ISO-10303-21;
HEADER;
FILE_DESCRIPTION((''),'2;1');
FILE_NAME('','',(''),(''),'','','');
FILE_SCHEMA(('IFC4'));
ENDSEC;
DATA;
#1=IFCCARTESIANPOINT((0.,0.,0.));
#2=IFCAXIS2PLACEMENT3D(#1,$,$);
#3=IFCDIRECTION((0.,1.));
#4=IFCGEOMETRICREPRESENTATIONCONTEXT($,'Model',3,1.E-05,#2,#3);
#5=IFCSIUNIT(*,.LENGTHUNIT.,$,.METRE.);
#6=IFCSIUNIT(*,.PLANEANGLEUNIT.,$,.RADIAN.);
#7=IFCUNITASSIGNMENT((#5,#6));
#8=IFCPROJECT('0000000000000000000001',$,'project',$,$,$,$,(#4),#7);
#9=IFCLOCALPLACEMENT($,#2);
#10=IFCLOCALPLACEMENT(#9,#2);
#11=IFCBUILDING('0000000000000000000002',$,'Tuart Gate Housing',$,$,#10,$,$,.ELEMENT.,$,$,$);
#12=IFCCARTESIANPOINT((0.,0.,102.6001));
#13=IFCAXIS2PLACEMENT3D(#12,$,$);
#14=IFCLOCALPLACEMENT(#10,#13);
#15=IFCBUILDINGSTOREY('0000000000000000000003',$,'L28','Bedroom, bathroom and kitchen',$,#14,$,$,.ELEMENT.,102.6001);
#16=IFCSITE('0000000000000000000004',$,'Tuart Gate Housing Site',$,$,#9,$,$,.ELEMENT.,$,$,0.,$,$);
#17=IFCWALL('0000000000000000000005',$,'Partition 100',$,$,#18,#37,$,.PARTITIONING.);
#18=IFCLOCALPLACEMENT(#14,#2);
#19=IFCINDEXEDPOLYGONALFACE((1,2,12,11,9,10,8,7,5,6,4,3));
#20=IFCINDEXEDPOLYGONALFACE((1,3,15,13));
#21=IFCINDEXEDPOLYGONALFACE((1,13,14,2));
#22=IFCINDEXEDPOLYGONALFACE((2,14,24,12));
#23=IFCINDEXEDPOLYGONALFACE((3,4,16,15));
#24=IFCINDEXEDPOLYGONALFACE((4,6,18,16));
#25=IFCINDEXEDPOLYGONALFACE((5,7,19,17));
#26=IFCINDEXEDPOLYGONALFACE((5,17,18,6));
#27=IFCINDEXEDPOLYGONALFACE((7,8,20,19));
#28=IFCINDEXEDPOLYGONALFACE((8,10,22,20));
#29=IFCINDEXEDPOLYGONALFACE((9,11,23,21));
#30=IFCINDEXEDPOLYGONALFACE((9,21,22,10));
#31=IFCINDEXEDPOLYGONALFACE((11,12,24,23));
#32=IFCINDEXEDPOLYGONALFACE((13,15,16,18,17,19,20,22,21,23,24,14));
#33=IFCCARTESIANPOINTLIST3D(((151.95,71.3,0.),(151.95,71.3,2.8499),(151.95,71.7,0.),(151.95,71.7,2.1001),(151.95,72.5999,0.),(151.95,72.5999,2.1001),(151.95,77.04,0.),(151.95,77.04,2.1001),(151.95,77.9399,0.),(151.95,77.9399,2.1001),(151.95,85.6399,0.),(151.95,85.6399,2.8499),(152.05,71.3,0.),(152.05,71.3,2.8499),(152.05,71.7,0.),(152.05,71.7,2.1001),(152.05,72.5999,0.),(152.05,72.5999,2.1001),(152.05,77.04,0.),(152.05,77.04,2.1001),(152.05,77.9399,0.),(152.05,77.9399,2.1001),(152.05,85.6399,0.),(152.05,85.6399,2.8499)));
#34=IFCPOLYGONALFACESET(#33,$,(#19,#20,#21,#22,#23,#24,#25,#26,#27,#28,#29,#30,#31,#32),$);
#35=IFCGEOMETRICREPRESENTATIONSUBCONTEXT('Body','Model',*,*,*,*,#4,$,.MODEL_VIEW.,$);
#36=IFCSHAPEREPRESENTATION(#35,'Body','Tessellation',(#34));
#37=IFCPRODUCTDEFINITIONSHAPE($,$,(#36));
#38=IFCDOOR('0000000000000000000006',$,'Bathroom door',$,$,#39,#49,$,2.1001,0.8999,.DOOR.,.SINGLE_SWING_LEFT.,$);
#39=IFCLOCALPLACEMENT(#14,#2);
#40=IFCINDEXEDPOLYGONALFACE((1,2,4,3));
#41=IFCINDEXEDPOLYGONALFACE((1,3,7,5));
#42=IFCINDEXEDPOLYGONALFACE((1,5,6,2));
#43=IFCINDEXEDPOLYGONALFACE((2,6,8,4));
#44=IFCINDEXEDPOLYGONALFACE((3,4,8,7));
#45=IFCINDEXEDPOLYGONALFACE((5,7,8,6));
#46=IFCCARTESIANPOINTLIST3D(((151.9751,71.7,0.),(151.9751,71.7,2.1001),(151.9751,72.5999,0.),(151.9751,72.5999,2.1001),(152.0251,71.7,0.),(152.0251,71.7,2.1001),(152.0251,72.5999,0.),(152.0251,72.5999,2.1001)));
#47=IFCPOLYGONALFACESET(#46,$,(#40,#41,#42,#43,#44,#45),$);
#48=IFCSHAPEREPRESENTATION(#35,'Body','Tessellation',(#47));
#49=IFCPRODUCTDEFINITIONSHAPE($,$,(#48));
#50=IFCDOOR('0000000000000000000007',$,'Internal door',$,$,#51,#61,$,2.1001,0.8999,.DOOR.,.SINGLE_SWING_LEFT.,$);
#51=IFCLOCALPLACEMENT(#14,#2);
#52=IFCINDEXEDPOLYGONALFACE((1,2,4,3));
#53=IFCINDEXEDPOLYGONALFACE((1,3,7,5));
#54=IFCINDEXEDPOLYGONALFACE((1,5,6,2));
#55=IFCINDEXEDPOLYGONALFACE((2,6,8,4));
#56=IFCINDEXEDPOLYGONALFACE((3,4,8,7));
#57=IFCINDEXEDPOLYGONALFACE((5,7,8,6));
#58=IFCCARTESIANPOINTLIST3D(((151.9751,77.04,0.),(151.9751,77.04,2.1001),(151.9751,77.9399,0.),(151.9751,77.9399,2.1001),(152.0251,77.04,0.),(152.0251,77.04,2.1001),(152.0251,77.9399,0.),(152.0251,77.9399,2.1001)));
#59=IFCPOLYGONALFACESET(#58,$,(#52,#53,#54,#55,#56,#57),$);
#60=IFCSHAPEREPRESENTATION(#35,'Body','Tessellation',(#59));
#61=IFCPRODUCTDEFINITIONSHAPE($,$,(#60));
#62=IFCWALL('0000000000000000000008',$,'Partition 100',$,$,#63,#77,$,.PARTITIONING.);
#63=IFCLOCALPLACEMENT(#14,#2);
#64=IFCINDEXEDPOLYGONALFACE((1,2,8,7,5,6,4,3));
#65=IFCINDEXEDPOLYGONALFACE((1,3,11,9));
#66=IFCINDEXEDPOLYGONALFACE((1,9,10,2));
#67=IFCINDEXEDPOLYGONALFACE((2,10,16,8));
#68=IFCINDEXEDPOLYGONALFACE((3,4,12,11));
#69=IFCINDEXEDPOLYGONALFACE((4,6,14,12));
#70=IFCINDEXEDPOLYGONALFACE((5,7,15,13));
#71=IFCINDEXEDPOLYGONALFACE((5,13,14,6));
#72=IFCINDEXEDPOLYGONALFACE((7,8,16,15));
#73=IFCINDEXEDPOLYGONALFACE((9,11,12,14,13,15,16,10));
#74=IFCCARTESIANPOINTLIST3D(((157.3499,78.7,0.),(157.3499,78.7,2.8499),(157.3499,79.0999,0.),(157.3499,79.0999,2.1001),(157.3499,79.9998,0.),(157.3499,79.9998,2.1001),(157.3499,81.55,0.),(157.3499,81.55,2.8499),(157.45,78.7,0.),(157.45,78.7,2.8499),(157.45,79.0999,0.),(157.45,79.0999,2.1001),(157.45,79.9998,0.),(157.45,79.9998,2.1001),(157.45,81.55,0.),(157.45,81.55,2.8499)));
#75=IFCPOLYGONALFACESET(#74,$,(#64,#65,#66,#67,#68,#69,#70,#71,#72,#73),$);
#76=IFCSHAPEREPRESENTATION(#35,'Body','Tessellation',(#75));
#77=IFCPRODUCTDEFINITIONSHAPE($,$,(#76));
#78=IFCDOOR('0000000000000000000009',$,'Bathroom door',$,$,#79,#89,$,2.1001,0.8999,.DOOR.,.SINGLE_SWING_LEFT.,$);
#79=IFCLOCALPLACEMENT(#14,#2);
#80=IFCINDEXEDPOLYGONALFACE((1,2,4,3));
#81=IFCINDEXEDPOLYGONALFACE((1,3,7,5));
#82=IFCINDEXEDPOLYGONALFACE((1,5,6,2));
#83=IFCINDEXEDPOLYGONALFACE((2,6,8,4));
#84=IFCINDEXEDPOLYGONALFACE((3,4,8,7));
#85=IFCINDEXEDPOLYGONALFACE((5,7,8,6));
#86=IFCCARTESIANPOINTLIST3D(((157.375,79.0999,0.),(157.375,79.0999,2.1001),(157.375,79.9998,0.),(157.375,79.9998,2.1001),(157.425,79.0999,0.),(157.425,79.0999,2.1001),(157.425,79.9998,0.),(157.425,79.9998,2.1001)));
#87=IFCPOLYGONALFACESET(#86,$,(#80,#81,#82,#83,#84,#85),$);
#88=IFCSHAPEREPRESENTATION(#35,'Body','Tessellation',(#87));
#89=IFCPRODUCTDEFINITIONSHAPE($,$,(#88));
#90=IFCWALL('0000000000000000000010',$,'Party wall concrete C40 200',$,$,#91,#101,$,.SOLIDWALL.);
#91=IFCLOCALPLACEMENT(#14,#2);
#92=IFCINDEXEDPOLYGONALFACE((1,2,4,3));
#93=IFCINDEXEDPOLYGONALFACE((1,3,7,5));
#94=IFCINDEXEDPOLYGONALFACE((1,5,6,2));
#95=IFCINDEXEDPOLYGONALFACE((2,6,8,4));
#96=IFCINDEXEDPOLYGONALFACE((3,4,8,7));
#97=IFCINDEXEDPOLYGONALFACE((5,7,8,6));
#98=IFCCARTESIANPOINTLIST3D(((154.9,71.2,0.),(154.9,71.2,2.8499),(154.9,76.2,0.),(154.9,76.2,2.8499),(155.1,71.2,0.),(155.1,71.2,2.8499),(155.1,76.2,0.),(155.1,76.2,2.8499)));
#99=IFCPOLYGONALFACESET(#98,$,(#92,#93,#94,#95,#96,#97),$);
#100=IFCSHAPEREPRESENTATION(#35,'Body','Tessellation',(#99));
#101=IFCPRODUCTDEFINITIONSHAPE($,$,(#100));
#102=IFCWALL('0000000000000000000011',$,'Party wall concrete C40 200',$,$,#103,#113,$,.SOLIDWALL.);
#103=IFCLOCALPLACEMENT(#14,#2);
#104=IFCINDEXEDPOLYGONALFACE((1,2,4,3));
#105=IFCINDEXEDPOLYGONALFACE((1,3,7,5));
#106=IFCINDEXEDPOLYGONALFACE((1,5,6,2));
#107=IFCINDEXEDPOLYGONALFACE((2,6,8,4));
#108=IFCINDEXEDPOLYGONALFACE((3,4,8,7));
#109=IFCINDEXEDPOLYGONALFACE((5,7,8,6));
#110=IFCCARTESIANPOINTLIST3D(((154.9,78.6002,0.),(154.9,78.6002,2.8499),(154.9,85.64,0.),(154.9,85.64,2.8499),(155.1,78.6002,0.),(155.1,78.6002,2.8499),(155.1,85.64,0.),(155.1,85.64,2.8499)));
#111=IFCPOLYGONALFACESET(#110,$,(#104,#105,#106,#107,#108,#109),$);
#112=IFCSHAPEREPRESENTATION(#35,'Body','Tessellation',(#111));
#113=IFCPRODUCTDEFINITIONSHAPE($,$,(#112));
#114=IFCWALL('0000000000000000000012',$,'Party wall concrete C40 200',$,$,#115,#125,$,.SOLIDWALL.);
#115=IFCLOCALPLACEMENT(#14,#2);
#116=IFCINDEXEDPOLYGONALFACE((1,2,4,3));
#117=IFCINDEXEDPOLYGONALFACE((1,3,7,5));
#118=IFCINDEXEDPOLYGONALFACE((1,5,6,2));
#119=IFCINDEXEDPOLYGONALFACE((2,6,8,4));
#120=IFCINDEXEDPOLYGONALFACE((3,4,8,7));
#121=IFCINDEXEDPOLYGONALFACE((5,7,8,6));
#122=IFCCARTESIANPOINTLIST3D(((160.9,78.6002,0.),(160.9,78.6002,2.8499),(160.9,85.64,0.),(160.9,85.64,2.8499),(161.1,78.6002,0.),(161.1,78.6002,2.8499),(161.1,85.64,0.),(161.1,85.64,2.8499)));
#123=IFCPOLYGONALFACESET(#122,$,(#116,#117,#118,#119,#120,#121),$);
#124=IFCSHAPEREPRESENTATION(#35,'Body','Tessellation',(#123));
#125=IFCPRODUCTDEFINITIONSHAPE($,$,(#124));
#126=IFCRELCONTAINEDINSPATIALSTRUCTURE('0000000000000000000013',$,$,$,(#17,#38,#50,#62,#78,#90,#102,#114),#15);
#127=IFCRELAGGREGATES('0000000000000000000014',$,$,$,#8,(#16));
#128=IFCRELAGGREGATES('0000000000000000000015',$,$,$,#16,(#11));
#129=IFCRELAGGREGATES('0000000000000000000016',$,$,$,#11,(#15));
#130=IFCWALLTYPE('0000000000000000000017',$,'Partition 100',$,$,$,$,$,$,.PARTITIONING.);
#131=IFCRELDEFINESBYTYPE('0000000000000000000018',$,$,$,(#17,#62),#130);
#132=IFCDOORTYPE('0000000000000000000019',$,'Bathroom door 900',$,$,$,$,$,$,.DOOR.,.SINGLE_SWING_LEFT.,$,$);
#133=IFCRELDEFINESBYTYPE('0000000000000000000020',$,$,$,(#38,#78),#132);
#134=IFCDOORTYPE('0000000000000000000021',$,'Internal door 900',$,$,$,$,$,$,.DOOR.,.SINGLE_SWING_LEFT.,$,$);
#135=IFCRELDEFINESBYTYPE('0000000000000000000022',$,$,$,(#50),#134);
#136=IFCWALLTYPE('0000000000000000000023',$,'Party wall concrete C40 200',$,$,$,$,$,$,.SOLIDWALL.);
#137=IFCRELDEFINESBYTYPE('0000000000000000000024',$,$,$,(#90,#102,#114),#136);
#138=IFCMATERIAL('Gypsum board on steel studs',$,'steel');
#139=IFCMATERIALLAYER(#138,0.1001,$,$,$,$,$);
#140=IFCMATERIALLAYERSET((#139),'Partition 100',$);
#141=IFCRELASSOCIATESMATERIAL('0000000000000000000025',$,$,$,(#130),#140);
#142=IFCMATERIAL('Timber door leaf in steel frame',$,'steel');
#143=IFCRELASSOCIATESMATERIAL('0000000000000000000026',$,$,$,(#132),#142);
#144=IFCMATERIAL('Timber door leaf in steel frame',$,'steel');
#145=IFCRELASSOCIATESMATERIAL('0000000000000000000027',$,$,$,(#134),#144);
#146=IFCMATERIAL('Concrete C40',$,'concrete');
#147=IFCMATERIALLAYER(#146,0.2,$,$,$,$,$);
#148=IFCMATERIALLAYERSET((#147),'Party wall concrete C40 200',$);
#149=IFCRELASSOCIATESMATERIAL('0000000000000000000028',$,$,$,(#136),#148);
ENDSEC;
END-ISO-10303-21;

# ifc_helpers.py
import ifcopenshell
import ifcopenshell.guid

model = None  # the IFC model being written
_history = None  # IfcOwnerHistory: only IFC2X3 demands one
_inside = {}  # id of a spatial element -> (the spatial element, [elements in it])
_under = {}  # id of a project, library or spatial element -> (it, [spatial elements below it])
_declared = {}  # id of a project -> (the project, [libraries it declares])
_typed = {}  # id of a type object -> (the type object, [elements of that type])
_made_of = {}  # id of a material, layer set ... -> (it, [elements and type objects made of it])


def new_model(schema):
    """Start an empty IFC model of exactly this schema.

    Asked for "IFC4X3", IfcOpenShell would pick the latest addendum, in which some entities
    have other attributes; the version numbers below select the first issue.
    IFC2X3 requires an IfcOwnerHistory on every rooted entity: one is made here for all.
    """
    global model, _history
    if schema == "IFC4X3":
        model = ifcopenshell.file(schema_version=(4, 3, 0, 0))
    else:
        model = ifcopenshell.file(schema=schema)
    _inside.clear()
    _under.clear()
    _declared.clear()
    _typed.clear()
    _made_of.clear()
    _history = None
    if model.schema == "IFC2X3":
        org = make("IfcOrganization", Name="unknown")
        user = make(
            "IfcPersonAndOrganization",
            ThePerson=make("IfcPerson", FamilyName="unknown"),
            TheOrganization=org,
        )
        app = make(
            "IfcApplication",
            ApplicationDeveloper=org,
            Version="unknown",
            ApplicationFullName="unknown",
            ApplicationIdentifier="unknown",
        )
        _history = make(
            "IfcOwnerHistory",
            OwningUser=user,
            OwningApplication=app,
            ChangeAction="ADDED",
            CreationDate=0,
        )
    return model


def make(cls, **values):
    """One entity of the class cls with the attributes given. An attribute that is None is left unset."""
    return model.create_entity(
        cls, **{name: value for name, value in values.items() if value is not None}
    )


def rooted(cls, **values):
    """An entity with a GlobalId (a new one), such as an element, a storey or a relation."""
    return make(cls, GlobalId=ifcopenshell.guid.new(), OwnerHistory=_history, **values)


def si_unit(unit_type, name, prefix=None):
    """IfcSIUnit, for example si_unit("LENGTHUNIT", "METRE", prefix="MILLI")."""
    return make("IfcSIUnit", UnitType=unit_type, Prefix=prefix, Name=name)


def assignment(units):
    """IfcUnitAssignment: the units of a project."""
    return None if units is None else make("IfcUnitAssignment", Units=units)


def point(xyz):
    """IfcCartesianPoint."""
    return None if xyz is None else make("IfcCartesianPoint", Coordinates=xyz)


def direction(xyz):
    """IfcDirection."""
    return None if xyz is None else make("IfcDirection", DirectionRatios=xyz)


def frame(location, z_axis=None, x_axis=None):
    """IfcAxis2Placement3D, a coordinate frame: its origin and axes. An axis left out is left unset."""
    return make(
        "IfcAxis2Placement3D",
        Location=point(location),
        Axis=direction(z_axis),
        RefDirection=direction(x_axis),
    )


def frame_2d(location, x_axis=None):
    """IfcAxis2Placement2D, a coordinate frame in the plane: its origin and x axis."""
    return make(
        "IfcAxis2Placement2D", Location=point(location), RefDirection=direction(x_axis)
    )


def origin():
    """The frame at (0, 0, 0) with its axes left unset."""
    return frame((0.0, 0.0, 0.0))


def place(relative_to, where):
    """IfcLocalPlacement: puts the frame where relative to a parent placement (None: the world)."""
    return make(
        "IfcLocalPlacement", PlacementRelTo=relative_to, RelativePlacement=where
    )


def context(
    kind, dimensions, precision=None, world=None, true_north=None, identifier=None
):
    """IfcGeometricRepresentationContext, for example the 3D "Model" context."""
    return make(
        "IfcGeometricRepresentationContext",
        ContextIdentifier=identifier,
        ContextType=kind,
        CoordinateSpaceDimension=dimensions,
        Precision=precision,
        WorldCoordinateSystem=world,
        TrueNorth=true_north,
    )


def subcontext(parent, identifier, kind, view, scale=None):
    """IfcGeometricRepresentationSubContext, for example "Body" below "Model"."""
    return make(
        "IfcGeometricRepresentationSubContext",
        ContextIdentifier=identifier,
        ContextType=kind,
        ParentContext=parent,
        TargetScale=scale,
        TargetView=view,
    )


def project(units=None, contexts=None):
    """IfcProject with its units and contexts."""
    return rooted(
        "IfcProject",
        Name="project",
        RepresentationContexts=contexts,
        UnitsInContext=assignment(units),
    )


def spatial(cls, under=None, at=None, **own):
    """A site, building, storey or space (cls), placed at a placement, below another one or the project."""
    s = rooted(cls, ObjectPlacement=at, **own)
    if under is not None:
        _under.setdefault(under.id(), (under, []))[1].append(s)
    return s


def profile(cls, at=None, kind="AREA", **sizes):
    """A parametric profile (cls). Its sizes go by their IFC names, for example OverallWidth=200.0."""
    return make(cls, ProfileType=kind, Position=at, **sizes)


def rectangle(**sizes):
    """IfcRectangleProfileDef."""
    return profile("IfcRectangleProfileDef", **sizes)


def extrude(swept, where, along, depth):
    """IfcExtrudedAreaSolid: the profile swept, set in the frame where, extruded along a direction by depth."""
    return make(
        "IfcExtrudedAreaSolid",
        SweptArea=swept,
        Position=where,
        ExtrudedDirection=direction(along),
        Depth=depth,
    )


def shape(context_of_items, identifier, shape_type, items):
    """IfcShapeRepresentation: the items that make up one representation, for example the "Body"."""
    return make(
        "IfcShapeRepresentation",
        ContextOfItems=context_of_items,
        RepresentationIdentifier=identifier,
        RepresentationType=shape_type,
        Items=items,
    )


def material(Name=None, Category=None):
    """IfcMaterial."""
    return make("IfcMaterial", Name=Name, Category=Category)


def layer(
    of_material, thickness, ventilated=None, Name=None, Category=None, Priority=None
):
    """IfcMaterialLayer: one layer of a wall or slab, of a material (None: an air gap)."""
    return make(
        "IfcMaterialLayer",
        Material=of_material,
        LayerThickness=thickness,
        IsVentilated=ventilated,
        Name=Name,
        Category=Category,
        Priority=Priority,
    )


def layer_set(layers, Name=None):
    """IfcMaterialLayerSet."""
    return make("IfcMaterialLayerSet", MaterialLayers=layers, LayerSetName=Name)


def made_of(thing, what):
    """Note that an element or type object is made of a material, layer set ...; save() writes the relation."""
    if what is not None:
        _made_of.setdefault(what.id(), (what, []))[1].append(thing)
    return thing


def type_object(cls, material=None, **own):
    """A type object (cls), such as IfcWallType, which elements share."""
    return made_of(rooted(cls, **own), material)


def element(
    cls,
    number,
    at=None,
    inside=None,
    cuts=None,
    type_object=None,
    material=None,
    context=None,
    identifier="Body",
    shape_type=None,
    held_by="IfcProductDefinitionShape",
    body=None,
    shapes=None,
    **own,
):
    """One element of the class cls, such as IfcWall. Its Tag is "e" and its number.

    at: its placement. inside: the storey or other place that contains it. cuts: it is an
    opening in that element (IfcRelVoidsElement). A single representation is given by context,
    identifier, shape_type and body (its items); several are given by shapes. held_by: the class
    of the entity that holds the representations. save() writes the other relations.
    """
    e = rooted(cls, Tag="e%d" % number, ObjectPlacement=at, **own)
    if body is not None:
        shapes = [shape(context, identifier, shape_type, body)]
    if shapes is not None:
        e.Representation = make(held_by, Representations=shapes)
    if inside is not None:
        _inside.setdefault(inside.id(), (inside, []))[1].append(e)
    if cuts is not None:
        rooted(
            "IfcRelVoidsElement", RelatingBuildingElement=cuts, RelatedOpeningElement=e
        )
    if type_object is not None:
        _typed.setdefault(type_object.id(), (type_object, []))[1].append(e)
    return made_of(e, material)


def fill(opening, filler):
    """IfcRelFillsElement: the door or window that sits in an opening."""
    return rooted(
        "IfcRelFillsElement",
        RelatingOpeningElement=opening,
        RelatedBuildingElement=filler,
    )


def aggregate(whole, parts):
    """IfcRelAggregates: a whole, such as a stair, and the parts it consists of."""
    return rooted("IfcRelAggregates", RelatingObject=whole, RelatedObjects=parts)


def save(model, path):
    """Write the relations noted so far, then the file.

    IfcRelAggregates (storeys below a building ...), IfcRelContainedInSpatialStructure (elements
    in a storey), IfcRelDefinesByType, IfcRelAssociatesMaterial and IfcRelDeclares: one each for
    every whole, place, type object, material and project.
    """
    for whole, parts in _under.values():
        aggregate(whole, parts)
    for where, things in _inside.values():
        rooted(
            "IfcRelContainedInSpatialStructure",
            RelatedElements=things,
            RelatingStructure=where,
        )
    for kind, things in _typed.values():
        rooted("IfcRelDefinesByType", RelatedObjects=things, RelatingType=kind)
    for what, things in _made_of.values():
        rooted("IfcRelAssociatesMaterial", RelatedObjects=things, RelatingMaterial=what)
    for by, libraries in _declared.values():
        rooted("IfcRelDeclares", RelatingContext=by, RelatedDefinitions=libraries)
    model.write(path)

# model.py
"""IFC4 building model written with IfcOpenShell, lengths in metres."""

from ifc_helpers import new_model, si_unit, direction, frame, frame_2d, origin, place, context, subcontext, project, spatial, rectangle, extrude, material, layer, layer_set, type_object, element, fill, save


model = new_model("IFC4")

# Units and contexts
model_context = context("Model", 3, precision=1e-05, world=origin(), true_north=direction((0.0, 1.0)))
body_context = subcontext(model_context, "Body", "Model", "MODEL_VIEW")
ifc_project = project(units=[si_unit("LENGTHUNIT", "METRE"), si_unit("PLANEANGLEUNIT", "RADIAN")], contexts=[model_context])

# Site, building, storey
site_placement = place(None, origin())
site = spatial("IfcSite", under=ifc_project, at=site_placement, Name="Tuart Gate Housing Site", CompositionType="ELEMENT", RefElevation=0.0)
building_placement = place(site_placement, origin())
building = spatial("IfcBuilding", under=site, at=building_placement, Name="Tuart Gate Housing", CompositionType="ELEMENT")
storey_placement = place(building_placement, frame((0.0, 0.0, 102.6001)))
storey = spatial("IfcBuildingStorey", under=building, at=storey_placement, Name="L28", Description="Bedroom, bathroom and kitchen", CompositionType="ELEMENT", Elevation=102.6001)

# Shared definitions
ifc_material_1 = material(Name="Gypsum board on steel studs", Category="steel")
ifc_layer_1 = layer(ifc_material_1, 0.1001)
ifc_layer_set_1 = layer_set([ifc_layer_1], Name="Partition 100")
wall_type_1 = type_object("IfcWallType", Name="Partition 100", PredefinedType="PARTITIONING", material=ifc_layer_set_1)

# Wall, openings, doors
wall_1_placement = place(storey_placement, frame((152.0, 71.3, 0.0), z_axis=(0.0, 0.0, 1.0), x_axis=(0.0, 1.0, 0.0)))
wall_1 = element("IfcWall", 1, at=wall_1_placement, inside=storey, type_object=wall_type_1, Name="Partition 100", PredefinedType="PARTITIONING", context=body_context, shape_type="SweptSolid", body=[
    extrude(rectangle(XDim=14.3398, YDim=0.1001, at=frame_2d((7.1699, 0.0))), origin(), (0.0, 0.0, 1.0), 2.8499),
])
opening_1_placement = place(wall_1_placement, frame((5.74, 0.0, 0.0)))
opening_1 = element("IfcOpeningElement", 2, at=opening_1_placement, cuts=wall_1, PredefinedType="OPENING", context=body_context, shape_type="SweptSolid", body=[
    extrude(rectangle(XDim=0.8999, YDim=2.1001, at=frame_2d((0.45, 1.05))), frame((0.0, 0.0601, 0.0), z_axis=(0.0, -1.0, 0.0), x_axis=(1.0, 0.0, 0.0)), (0.0, 0.0, 1.0), 0.1201),
])
opening_2_placement = place(wall_1_placement, frame((0.3999, 0.0, 0.0)))
opening_2 = element("IfcOpeningElement", 3, at=opening_2_placement, cuts=wall_1, PredefinedType="OPENING", context=body_context, shape_type="SweptSolid", body=[
    extrude(rectangle(XDim=0.8999, YDim=2.1001, at=frame_2d((0.45, 1.05))), frame((0.0, 0.0601, 0.0), z_axis=(0.0, -1.0, 0.0), x_axis=(1.0, 0.0, 0.0)), (0.0, 0.0, 1.0), 0.1201),
])
ifc_material_2 = material(Name="Timber door leaf in steel frame", Category="steel")
door_type_1 = type_object("IfcDoorType", Name="Bathroom door 900", OperationType="SINGLE_SWING_LEFT", PredefinedType="DOOR", material=ifc_material_2)
door_1_placement = place(opening_2_placement, origin())
door_1 = element("IfcDoor", 4, at=door_1_placement, inside=storey, type_object=door_type_1, Name="Bathroom door", OperationType="SINGLE_SWING_LEFT", OverallHeight=2.1001, OverallWidth=0.8999, PredefinedType="DOOR", context=body_context, shape_type="SweptSolid", body=[
    extrude(rectangle(XDim=0.8999, YDim=2.1001, at=frame_2d((0.45, 1.05))), frame((0.0, 0.0249, 0.0), z_axis=(0.0, -1.0, 0.0), x_axis=(1.0, 0.0, 0.0)), (0.0, 0.0, 1.0), 0.05),
])
fill(opening_2, door_1)
ifc_material_3 = material(Name="Timber door leaf in steel frame", Category="steel")
door_type_2 = type_object("IfcDoorType", Name="Internal door 900", OperationType="SINGLE_SWING_LEFT", PredefinedType="DOOR", material=ifc_material_3)
door_2_placement = place(opening_1_placement, origin())
door_2 = element("IfcDoor", 5, at=door_2_placement, inside=storey, type_object=door_type_2, Name="Internal door", OperationType="SINGLE_SWING_LEFT", OverallHeight=2.1001, OverallWidth=0.8999, PredefinedType="DOOR", context=body_context, shape_type="SweptSolid", body=[
    extrude(rectangle(XDim=0.8999, YDim=2.1001, at=frame_2d((0.45, 1.05))), frame((0.0, 0.0249, 0.0), z_axis=(0.0, -1.0, 0.0), x_axis=(1.0, 0.0, 0.0)), (0.0, 0.0, 1.0), 0.05),
])
fill(opening_1, door_2)

# Wall, opening, door
wall_2_placement = place(storey_placement, frame((157.3999, 78.7, 0.0), z_axis=(0.0, 0.0, 1.0), x_axis=(0.0, 1.0, 0.0)))
wall_2 = element("IfcWall", 6, at=wall_2_placement, inside=storey, type_object=wall_type_1, Name="Partition 100", PredefinedType="PARTITIONING", context=body_context, shape_type="SweptSolid", body=[
    extrude(rectangle(XDim=2.8501, YDim=0.1001, at=frame_2d((1.425, 0.0))), origin(), (0.0, 0.0, 1.0), 2.8499),
])
opening_3_placement = place(wall_2_placement, frame((0.3999, 0.0, 0.0)))
opening_3 = element("IfcOpeningElement", 7, at=opening_3_placement, cuts=wall_2, PredefinedType="OPENING", context=body_context, shape_type="SweptSolid", body=[
    extrude(rectangle(XDim=0.8999, YDim=2.1001, at=frame_2d((0.45, 1.05))), frame((0.0, 0.0601, 0.0), z_axis=(0.0, -1.0, 0.0), x_axis=(1.0, 0.0, 0.0)), (0.0, 0.0, 1.0), 0.1201),
])
door_3_placement = place(opening_3_placement, origin())
door_3 = element("IfcDoor", 8, at=door_3_placement, inside=storey, type_object=door_type_1, Name="Bathroom door", OperationType="SINGLE_SWING_LEFT", OverallHeight=2.1001, OverallWidth=0.8999, PredefinedType="DOOR", context=body_context, shape_type="SweptSolid", body=[
    extrude(rectangle(XDim=0.8999, YDim=2.1001, at=frame_2d((0.45, 1.05))), frame((0.0, 0.0249, 0.0), z_axis=(0.0, -1.0, 0.0), x_axis=(1.0, 0.0, 0.0)), (0.0, 0.0, 1.0), 0.05),
])
fill(opening_3, door_3)

# Walls
ifc_material_4 = material(Name="Concrete C40", Category="concrete")
ifc_layer_2 = layer(ifc_material_4, 0.2)
ifc_layer_set_2 = layer_set([ifc_layer_2], Name="Party wall concrete C40 200")
wall_type_2 = type_object("IfcWallType", Name="Party wall concrete C40 200", PredefinedType="SOLIDWALL", material=ifc_layer_set_2)
wall_3_placement = place(storey_placement, frame((155.0, 71.2, 0.0), z_axis=(0.0, 0.0, 1.0), x_axis=(0.0, 1.0, 0.0)))
element("IfcWall", 9, at=wall_3_placement, inside=storey, type_object=wall_type_2, Name="Party wall concrete C40 200", PredefinedType="SOLIDWALL", context=body_context, shape_type="SweptSolid", body=[
    extrude(rectangle(XDim=5.0, YDim=0.2, at=frame_2d((2.5, 0.0))), origin(), (0.0, 0.0, 1.0), 2.8499),
])
for number, where, z_axis, x_axis, name in (
    (10, (155.0, 78.6001, 0.0), (0.0, 0.0, 1.0), (0.0, 1.0, 0.0), "Party wall concrete C40 200"),
    (11, (161.0, 78.6001, 0.0), (0.0, 0.0, 1.0), (0.0, 1.0, 0.0), "Party wall concrete C40 200"),
):
    element("IfcWall", number, at=place(storey_placement, frame(where, z_axis=z_axis, x_axis=x_axis)), inside=storey, type_object=wall_type_2, Name=name, PredefinedType="SOLIDWALL", context=body_context, shape_type="SweptSolid", body=[
        extrude(rectangle(XDim=7.0398, YDim=0.2, at=frame_2d((3.52, 0.0))), origin(), (0.0, 0.0, 1.0), 2.8499),
    ])

save(model, "model.ifc")
